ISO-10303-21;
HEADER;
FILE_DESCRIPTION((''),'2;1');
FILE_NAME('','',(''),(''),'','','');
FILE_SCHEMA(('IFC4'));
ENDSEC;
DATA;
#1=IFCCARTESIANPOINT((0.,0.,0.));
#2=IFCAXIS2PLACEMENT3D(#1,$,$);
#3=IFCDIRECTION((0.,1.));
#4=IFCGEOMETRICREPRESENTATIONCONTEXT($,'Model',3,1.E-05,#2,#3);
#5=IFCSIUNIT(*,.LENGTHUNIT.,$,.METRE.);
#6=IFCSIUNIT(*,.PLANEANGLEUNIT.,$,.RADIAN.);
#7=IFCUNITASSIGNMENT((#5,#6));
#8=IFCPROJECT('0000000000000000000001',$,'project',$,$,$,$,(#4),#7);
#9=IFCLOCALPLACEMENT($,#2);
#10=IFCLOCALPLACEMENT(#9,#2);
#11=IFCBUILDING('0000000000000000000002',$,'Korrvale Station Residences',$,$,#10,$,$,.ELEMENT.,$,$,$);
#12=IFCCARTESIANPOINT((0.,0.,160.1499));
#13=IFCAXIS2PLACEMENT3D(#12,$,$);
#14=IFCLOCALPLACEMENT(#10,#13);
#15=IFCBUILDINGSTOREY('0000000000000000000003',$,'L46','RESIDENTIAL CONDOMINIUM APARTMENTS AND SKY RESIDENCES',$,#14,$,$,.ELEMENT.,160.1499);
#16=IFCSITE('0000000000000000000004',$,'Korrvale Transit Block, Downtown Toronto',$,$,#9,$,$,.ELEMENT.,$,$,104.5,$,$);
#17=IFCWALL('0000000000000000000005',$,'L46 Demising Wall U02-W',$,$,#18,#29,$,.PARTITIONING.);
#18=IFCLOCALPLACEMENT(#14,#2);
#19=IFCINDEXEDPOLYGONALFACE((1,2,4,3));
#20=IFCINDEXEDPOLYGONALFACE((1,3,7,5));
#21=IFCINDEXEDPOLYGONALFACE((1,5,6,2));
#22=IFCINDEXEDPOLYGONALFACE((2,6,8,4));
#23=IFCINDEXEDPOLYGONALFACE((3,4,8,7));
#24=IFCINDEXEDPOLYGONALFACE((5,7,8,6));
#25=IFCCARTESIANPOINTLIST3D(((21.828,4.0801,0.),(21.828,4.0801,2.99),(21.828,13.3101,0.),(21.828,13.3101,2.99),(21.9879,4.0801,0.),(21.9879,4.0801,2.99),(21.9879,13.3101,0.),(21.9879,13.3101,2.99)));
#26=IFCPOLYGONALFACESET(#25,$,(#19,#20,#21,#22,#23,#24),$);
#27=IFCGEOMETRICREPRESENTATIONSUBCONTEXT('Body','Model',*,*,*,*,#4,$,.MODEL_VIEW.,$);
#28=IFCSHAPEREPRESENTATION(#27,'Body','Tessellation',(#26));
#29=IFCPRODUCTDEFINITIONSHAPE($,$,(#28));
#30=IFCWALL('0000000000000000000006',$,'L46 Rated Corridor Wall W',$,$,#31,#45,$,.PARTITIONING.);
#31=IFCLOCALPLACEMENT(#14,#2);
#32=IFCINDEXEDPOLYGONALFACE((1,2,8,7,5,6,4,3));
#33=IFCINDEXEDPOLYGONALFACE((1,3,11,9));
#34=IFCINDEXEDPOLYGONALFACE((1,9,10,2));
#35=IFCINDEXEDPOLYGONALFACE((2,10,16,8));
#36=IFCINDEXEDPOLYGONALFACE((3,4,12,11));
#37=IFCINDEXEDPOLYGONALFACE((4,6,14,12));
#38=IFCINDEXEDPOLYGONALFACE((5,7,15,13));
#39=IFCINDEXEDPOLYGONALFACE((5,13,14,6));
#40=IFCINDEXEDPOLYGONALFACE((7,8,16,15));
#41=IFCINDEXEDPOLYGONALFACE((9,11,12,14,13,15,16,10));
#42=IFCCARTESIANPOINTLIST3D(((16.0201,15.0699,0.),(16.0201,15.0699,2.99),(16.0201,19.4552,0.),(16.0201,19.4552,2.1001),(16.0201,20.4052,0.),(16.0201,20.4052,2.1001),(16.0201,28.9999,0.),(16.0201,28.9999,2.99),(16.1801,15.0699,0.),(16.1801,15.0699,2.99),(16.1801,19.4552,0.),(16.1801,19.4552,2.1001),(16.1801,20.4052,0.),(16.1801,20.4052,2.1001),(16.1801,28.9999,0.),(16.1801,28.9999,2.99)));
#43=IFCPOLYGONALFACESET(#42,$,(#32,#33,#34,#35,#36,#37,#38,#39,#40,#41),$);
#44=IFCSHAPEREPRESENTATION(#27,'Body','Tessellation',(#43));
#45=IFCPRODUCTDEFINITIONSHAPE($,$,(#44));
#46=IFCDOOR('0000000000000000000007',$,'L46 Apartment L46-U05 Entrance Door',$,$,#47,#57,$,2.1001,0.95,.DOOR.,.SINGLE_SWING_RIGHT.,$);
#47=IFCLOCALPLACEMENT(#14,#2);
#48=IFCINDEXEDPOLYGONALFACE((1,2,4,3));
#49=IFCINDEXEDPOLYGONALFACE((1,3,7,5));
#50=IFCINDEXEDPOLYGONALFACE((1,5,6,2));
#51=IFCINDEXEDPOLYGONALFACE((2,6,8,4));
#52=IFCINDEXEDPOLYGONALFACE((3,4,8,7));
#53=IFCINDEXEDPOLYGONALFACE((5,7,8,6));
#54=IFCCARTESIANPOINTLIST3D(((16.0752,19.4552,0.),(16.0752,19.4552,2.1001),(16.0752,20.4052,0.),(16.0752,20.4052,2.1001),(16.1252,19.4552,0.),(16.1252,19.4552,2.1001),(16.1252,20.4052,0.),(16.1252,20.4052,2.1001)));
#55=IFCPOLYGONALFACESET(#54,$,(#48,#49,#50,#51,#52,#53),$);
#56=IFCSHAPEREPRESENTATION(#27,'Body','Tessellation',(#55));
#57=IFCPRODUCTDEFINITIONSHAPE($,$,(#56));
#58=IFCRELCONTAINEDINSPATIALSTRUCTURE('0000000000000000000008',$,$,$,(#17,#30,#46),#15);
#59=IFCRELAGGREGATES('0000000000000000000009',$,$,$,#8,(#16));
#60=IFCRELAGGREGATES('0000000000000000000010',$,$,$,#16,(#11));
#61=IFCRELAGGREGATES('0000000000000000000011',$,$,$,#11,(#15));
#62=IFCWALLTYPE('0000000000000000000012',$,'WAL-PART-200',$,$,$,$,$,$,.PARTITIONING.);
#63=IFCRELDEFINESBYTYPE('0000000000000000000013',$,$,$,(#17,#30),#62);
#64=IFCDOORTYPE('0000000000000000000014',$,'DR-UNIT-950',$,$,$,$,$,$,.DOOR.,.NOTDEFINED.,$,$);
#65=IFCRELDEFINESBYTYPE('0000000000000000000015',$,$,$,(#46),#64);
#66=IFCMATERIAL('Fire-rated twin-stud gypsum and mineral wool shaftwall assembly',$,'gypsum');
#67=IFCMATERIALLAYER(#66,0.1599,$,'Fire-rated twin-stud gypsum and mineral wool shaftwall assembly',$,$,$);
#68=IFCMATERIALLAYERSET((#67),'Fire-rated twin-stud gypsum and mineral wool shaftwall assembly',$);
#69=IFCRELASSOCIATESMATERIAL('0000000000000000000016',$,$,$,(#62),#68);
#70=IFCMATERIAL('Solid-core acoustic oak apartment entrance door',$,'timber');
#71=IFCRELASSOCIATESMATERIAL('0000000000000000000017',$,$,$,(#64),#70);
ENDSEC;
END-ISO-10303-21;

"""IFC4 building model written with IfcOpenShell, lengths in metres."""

from ifc_helpers import new_model, si_unit, direction, frame, frame_2d, origin, place, context, subcontext, project, spatial, rectangle, extrude, material, layer, layer_set, type_object, element, fill, save


model = new_model("IFC4")

# Units and contexts
model_context = context("Model", 3, precision=1e-05, world=origin(), true_north=direction((0.0, 1.0)))
body_context = subcontext(model_context, "Body", "Model", "MODEL_VIEW")
ifc_project = project(units=[si_unit("LENGTHUNIT", "METRE"), si_unit("PLANEANGLEUNIT", "RADIAN")], contexts=[model_context])

# Site, building, storey
site_placement = place(None, origin())
site = spatial("IfcSite", under=ifc_project, at=site_placement, Name="Korrvale Transit Block, Downtown Toronto", CompositionType="ELEMENT", RefElevation=104.5)
building_placement = place(site_placement, origin())
building = spatial("IfcBuilding", under=site, at=building_placement, Name="Korrvale Station Residences", CompositionType="ELEMENT")
storey_placement = place(building_placement, frame((0.0, 0.0, 160.1499)))
storey = spatial("IfcBuildingStorey", under=building, at=storey_placement, Name="L46", Description="RESIDENTIAL CONDOMINIUM APARTMENTS AND SKY RESIDENCES", CompositionType="ELEMENT", Elevation=160.1499)

# Shared definitions
ifc_material_1 = material(Name="Fire-rated twin-stud gypsum and mineral wool shaftwall assembly", Category="gypsum")
ifc_layer_1 = layer(ifc_material_1, 0.1599, Name="Fire-rated twin-stud gypsum and mineral wool shaftwall assembly")
ifc_layer_set_1 = layer_set([ifc_layer_1], Name="Fire-rated twin-stud gypsum and mineral wool shaftwall assembly")
wall_type_1 = type_object("IfcWallType", Name="WAL-PART-200", PredefinedType="PARTITIONING", material=ifc_layer_set_1)

# Wall
wall_1_placement = place(storey_placement, frame((21.908, 4.0801, 0.0), z_axis=(0.0, 0.0, 1.0), x_axis=(0.0, 1.0, 0.0)))
element("IfcWall", 1, at=wall_1_placement, inside=storey, type_object=wall_type_1, Name="L46 Demising Wall U02-W", PredefinedType="PARTITIONING", context=body_context, shape_type="SweptSolid", body=[
    extrude(rectangle(XDim=9.23, YDim=0.1599, at=frame_2d((4.615, 0.0))), origin(), (0.0, 0.0, 1.0), 2.99),
])

# Wall, opening, door
wall_2_placement = place(storey_placement, frame((16.1001, 15.0701, 0.0), z_axis=(0.0, 0.0, 1.0), x_axis=(0.0, 1.0, 0.0)))
wall_2 = element("IfcWall", 2, at=wall_2_placement, inside=storey, type_object=wall_type_1, Name="L46 Rated Corridor Wall W", PredefinedType="PARTITIONING", context=body_context, shape_type="SweptSolid", body=[
    extrude(rectangle(XDim=13.9299, YDim=0.1599, at=frame_2d((6.9648, 0.0))), origin(), (0.0, 0.0, 1.0), 2.99),
])
opening_1_placement = place(wall_2_placement, frame((4.385, 0.0, 0.0)))
opening_1 = element("IfcOpeningElement", 3, at=opening_1_placement, cuts=wall_2, PredefinedType="OPENING", context=body_context, shape_type="SweptSolid", body=[
    extrude(rectangle(XDim=0.95, YDim=2.1001, at=frame_2d((0.4751, 1.05))), frame((0.0, 0.0898, 0.0), z_axis=(0.0, -1.0, 0.0), x_axis=(1.0, 0.0, 0.0)), (0.0, 0.0, 1.0), 0.1799),
])
ifc_material_2 = material(Name="Solid-core acoustic oak apartment entrance door", Category="timber")
door_type_1 = type_object("IfcDoorType", Name="DR-UNIT-950", OperationType="NOTDEFINED", PredefinedType="DOOR", material=ifc_material_2)
door_1_placement = place(opening_1_placement, origin())
door_1 = element("IfcDoor", 4, at=door_1_placement, inside=storey, type_object=door_type_1, Name="L46 Apartment L46-U05 Entrance Door", OperationType="SINGLE_SWING_RIGHT", OverallHeight=2.1001, OverallWidth=0.95, PredefinedType="DOOR", context=body_context, shape_type="SweptSolid", body=[
    extrude(rectangle(XDim=0.95, YDim=2.1001, at=frame_2d((0.4751, 1.05))), frame((0.0, 0.0249, 0.0), z_axis=(0.0, -1.0, 0.0), x_axis=(1.0, 0.0, 0.0)), (0.0, 0.0, 1.0), 0.05),
])
fill(opening_1, door_1)

save(model, "model.ifc")
